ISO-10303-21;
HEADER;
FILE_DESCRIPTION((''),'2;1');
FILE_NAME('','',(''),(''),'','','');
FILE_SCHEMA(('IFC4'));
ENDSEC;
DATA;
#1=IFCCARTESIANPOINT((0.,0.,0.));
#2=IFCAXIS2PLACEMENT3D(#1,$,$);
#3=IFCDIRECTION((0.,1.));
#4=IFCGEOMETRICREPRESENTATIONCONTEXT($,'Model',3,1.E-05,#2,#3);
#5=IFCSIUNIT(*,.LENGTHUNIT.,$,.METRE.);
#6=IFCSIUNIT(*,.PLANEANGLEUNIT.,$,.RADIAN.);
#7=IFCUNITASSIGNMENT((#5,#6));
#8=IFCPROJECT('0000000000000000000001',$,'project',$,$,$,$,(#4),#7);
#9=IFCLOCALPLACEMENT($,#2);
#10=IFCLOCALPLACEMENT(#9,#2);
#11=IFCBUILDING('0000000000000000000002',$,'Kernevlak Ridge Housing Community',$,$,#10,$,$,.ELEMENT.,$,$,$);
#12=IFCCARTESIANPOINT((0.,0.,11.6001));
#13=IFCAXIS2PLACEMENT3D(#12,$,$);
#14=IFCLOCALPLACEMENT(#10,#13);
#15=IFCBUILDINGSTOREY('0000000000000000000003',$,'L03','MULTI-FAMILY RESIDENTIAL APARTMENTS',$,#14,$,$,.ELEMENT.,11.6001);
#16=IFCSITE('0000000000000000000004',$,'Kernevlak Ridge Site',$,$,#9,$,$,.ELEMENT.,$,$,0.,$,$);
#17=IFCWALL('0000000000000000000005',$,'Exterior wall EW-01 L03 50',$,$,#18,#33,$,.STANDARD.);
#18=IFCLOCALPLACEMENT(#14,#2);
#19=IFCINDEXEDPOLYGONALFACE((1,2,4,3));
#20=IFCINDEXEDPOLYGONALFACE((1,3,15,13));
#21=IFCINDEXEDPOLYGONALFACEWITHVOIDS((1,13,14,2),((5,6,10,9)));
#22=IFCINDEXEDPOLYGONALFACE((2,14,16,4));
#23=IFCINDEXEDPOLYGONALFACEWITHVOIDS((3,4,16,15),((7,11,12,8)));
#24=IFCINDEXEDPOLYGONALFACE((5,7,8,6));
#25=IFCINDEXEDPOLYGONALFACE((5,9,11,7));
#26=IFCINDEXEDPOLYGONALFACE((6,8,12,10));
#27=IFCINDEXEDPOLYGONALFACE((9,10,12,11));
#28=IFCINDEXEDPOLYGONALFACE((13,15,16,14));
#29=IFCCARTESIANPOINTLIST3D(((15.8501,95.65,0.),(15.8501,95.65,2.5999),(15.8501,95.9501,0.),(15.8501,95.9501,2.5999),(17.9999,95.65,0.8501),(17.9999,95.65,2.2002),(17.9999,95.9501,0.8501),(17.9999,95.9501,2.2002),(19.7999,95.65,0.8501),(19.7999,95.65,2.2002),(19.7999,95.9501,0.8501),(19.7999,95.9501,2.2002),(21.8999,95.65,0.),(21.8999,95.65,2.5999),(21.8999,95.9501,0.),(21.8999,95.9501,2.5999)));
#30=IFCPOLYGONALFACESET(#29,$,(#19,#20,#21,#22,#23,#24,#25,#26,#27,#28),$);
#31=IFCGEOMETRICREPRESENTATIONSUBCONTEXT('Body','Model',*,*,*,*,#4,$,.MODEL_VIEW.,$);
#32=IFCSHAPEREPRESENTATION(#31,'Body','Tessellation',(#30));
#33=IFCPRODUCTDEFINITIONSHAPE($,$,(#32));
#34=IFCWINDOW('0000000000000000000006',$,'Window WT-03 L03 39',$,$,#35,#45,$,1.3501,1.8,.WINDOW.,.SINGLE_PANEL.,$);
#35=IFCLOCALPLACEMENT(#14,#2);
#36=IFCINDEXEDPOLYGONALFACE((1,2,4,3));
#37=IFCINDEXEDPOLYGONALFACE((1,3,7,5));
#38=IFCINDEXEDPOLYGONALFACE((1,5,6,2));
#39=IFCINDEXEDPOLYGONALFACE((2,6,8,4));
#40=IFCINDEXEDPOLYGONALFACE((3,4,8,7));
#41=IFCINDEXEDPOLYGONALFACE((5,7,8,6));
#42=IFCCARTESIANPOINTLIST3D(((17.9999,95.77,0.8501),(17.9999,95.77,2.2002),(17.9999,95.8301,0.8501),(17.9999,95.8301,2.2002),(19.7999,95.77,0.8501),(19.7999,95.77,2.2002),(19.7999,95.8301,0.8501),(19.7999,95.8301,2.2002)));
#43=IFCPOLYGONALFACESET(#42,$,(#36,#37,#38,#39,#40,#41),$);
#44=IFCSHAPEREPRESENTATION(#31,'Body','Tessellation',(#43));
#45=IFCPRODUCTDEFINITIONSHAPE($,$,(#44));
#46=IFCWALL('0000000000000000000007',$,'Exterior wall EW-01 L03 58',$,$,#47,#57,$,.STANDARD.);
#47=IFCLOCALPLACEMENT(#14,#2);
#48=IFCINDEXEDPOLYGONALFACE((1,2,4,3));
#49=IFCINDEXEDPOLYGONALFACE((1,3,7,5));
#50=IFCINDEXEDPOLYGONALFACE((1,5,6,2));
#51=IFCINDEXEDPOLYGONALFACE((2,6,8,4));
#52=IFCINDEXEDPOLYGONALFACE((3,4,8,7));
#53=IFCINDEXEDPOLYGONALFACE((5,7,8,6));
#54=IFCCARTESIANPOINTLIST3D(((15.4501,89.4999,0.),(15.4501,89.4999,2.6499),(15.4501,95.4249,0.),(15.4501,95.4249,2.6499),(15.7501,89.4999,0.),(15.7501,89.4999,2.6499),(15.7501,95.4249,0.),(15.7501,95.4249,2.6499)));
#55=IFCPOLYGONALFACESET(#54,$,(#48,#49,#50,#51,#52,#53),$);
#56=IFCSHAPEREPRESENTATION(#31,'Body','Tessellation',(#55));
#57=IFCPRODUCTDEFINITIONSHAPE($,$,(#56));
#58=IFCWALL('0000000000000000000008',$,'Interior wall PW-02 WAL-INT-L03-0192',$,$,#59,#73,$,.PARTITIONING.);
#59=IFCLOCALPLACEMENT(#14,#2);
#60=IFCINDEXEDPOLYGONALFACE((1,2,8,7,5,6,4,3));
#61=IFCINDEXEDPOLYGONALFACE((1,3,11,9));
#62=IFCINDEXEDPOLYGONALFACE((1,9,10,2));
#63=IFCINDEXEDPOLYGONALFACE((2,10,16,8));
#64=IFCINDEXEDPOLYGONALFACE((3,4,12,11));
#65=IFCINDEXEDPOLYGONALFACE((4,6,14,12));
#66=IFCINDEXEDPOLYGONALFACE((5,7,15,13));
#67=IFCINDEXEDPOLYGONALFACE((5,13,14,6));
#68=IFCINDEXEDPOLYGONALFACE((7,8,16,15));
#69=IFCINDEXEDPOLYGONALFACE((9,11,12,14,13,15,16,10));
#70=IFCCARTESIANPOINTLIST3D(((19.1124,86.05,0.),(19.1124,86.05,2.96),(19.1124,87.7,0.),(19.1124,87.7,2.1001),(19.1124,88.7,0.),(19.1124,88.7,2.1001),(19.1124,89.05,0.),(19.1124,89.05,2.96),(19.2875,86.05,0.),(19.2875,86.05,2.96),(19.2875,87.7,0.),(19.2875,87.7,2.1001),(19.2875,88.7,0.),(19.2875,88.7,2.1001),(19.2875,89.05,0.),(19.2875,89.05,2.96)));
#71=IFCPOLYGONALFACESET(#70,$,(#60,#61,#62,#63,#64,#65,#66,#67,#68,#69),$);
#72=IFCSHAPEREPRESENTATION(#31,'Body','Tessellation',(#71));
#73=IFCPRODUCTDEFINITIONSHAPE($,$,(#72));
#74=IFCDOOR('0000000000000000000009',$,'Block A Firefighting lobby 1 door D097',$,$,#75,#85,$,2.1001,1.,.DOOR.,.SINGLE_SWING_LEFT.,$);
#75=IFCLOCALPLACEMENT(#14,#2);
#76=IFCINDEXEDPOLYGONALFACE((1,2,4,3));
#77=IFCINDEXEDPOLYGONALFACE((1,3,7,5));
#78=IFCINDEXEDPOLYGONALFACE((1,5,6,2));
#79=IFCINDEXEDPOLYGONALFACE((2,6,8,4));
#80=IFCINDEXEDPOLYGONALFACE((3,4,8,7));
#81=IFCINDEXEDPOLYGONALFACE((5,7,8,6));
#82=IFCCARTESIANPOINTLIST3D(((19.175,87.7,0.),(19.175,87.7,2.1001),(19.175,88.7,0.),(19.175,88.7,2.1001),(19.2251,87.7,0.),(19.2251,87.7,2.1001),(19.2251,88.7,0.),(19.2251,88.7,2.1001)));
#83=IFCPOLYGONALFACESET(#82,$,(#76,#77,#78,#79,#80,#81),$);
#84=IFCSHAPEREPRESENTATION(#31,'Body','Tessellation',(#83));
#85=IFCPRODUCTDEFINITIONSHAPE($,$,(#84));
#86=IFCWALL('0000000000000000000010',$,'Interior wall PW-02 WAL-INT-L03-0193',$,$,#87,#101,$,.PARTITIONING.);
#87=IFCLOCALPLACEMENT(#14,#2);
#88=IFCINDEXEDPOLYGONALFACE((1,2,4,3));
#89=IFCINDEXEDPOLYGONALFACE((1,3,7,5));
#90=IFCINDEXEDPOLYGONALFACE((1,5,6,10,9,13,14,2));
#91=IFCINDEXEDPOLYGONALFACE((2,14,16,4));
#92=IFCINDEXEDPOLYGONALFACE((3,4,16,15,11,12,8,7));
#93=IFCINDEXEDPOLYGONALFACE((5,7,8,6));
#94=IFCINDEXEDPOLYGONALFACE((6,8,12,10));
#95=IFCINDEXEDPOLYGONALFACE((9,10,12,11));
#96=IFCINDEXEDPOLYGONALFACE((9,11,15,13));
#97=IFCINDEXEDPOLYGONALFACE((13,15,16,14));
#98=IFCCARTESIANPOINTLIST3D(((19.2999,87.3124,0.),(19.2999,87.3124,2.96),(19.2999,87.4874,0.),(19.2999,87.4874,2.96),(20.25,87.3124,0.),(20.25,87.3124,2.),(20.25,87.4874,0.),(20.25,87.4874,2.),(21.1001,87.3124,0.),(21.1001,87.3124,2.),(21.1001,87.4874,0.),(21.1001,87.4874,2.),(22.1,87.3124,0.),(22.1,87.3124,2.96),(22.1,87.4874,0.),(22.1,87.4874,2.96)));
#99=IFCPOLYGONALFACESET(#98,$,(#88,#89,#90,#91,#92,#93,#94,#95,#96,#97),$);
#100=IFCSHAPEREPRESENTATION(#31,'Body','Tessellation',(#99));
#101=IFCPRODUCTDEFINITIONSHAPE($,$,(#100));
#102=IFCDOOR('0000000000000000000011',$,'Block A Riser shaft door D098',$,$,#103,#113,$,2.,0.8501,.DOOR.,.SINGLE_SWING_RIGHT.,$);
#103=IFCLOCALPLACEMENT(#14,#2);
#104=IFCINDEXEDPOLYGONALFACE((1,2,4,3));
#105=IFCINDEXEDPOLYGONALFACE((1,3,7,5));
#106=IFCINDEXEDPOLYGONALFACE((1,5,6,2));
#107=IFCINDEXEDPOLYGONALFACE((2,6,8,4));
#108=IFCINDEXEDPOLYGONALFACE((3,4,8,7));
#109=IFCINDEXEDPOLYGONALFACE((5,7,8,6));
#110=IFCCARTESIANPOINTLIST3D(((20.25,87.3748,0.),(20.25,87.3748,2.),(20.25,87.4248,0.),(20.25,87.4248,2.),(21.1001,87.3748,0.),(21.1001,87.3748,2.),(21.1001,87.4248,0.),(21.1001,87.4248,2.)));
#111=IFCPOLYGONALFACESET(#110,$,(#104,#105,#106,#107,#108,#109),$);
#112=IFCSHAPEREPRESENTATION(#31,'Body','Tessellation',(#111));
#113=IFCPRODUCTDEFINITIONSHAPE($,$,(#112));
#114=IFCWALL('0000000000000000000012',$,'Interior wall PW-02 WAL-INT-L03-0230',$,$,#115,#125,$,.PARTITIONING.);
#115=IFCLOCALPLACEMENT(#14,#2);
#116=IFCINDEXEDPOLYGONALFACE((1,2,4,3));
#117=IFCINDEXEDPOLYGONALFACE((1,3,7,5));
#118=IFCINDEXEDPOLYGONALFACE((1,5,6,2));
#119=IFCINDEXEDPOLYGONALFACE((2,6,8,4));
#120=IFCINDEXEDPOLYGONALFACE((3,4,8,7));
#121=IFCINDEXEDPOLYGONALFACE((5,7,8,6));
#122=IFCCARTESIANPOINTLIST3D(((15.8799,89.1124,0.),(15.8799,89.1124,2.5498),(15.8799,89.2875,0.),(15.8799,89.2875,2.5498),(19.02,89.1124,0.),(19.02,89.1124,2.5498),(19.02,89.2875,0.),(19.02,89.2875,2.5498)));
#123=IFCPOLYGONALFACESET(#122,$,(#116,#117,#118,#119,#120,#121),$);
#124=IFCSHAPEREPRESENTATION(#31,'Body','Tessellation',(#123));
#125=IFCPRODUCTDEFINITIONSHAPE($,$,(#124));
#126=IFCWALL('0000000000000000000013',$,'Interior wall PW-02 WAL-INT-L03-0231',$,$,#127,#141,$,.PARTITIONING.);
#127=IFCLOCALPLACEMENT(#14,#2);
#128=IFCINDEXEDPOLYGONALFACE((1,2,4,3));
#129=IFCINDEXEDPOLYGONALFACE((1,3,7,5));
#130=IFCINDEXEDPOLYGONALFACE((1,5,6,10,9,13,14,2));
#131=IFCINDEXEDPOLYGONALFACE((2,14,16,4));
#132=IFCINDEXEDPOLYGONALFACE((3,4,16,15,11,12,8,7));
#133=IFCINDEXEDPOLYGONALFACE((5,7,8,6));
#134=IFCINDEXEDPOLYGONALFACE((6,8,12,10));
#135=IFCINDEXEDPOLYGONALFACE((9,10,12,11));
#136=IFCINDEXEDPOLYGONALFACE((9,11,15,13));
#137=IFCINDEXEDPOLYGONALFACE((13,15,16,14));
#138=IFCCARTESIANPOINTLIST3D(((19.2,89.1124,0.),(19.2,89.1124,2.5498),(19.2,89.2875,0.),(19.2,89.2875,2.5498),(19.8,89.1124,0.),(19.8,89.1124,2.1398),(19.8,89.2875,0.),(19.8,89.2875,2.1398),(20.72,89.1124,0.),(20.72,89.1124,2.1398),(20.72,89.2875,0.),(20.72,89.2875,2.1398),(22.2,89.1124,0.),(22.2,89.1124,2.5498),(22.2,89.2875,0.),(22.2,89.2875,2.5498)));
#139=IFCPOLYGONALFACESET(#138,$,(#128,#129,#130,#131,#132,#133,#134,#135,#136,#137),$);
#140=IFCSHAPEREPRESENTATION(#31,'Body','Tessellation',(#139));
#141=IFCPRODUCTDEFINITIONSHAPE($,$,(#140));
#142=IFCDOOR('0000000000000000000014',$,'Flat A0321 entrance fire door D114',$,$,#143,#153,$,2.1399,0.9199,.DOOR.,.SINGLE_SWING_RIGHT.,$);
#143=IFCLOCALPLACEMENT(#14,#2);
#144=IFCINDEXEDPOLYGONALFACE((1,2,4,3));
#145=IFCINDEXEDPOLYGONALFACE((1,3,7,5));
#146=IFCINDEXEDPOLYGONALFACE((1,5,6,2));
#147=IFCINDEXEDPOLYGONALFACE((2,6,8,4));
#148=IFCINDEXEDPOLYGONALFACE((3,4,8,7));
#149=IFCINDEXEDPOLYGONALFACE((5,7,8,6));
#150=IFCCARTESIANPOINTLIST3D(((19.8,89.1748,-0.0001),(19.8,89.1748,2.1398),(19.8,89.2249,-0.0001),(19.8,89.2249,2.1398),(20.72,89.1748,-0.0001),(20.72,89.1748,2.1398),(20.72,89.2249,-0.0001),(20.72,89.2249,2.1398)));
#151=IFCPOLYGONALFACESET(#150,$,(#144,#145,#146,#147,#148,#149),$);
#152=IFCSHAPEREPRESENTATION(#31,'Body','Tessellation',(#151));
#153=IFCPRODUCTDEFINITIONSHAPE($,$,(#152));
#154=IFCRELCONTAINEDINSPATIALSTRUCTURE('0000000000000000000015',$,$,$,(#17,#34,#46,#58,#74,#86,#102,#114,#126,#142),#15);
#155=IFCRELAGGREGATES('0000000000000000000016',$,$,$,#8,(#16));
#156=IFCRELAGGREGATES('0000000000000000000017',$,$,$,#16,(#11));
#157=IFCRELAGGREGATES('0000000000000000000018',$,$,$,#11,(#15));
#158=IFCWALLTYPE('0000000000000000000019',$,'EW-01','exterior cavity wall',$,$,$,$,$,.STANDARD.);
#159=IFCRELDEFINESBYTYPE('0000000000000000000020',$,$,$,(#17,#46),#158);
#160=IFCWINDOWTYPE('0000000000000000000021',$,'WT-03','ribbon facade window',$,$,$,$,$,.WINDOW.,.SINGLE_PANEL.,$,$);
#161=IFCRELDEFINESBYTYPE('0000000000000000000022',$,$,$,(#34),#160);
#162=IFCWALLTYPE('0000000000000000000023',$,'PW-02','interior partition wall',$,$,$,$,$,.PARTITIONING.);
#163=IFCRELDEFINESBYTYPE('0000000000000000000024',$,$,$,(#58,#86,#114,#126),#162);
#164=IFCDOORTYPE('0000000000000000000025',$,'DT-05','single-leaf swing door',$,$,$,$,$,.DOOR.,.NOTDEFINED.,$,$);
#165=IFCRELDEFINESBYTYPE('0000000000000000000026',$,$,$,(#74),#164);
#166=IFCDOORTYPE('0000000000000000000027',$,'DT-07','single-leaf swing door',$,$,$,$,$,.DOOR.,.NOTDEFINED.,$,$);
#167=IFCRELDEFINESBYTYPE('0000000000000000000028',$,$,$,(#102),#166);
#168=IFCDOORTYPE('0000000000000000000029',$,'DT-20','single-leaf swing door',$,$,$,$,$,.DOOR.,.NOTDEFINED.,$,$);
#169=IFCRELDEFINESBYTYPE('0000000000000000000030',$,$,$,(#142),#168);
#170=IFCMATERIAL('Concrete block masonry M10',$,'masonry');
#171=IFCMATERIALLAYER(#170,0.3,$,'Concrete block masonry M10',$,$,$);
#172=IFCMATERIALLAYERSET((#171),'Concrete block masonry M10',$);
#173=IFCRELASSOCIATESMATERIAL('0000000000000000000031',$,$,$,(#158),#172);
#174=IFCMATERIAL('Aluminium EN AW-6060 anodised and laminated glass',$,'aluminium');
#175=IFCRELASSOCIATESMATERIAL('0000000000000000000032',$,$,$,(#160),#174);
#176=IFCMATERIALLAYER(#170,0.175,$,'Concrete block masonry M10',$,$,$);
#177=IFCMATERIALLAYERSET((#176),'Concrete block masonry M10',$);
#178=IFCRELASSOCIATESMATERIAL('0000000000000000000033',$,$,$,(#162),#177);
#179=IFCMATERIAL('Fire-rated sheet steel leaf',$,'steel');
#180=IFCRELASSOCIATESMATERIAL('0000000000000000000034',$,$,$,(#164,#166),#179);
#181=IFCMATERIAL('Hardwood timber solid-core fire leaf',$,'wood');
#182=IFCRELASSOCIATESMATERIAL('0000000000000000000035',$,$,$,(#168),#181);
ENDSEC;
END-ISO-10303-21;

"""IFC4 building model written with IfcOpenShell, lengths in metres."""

from ifc_helpers import new_model, si_unit, direction, frame, frame_2d, origin, place, context, subcontext, project, spatial, rectangle, extrude, material, layer, layer_set, type_object, element, fill, save


model = new_model("IFC4")

# Units and contexts
model_context = context("Model", 3, precision=1e-05, world=origin(), true_north=direction((0.0, 1.0)))
body_context = subcontext(model_context, "Body", "Model", "MODEL_VIEW")
ifc_project = project(units=[si_unit("LENGTHUNIT", "METRE"), si_unit("PLANEANGLEUNIT", "RADIAN")], contexts=[model_context])

# Site, building, storey
site_placement = place(None, origin())
site = spatial("IfcSite", under=ifc_project, at=site_placement, Name="Kernevlak Ridge Site", CompositionType="ELEMENT", RefElevation=0.0)
building_placement = place(site_placement, origin())
building = spatial("IfcBuilding", under=site, at=building_placement, Name="Kernevlak Ridge Housing Community", CompositionType="ELEMENT")
storey_placement = place(building_placement, frame((0.0, 0.0, 11.6001)))
storey = spatial("IfcBuildingStorey", under=building, at=storey_placement, Name="L03", Description="MULTI-FAMILY RESIDENTIAL APARTMENTS", CompositionType="ELEMENT", Elevation=11.6001)

# Shared definitions
ifc_material_1 = material(Name="Aluminium EN AW-6060 anodised and laminated glass", Category="aluminium")

# Wall, opening, window
ifc_material_2 = material(Name="Concrete block masonry M10", Category="masonry")
ifc_layer_1 = layer(ifc_material_2, 0.3, Name="Concrete block masonry M10")
ifc_layer_set_1 = layer_set([ifc_layer_1], Name="Concrete block masonry M10")
wall_type_1 = type_object("IfcWallType", Name="EW-01", Description="exterior cavity wall", PredefinedType="STANDARD", material=ifc_layer_set_1)
wall_1_placement = place(storey_placement, frame((15.8501, 95.8, 0.0), z_axis=(0.0, 0.0, 1.0), x_axis=(1.0, 0.0, 0.0)))
wall_1 = element("IfcWall", 1, at=wall_1_placement, inside=storey, type_object=wall_type_1, Name="Exterior wall EW-01 L03 50", PredefinedType="STANDARD", context=body_context, shape_type="SweptSolid", body=[
    extrude(rectangle(XDim=6.0498, YDim=0.3, at=frame_2d((3.0249, 0.0))), origin(), (0.0, 0.0, 1.0), 2.5999),
])
opening_1_placement = place(wall_1_placement, frame((2.1499, 0.0, 0.8501)))
opening_1 = element("IfcOpeningElement", 2, at=opening_1_placement, cuts=wall_1, PredefinedType="OPENING", context=body_context, shape_type="SweptSolid", body=[
    extrude(rectangle(XDim=1.8, YDim=1.3501, at=frame_2d((0.8999, 0.675))), frame((0.0, 0.1599, 0.0), z_axis=(0.0, -1.0, 0.0), x_axis=(1.0, 0.0, 0.0)), (0.0, 0.0, 1.0), 0.3201),
])
window_type = type_object("IfcWindowType", Name="WT-03", Description="ribbon facade window", PartitioningType="SINGLE_PANEL", PredefinedType="WINDOW", material=ifc_material_1)
window_placement = place(opening_1_placement, origin())
window = element("IfcWindow", 3, at=window_placement, inside=storey, type_object=window_type, Name="Window WT-03 L03 39", OverallHeight=1.3501, OverallWidth=1.8, PartitioningType="SINGLE_PANEL", PredefinedType="WINDOW", context=body_context, shape_type="SweptSolid", body=[
    extrude(rectangle(XDim=1.8, YDim=1.3501, at=frame_2d((0.8999, 0.675))), frame((0.0, 0.03, 0.0), z_axis=(0.0, -1.0, 0.0), x_axis=(1.0, 0.0, 0.0)), (0.0, 0.0, 1.0), 0.0601),
])
fill(opening_1, window)

# Wall
wall_2_placement = place(storey_placement, frame((15.6001, 89.5, 0.0), z_axis=(0.0, 0.0, 1.0), x_axis=(0.0, 1.0, 0.0)))
element("IfcWall", 4, at=wall_2_placement, inside=storey, type_object=wall_type_1, Name="Exterior wall EW-01 L03 58", PredefinedType="STANDARD", context=body_context, shape_type="SweptSolid", body=[
    extrude(rectangle(XDim=5.925, YDim=0.3, at=frame_2d((2.9624, 0.0))), origin(), (0.0, 0.0, 1.0), 2.6499),
])

# Walls, openings, doors
ifc_material_3 = material(Name="Fire-rated sheet steel leaf", Category="steel")
ifc_layer_2 = layer(ifc_material_2, 0.175, Name="Concrete block masonry M10")
ifc_layer_set_2 = layer_set([ifc_layer_2], Name="Concrete block masonry M10")
wall_type_2 = type_object("IfcWallType", Name="PW-02", Description="interior partition wall", PredefinedType="PARTITIONING", material=ifc_layer_set_2)
wall_3_placement = place(storey_placement, frame((19.2, 86.05, 0.0), z_axis=(0.0, 0.0, 1.0), x_axis=(0.0, 1.0, 0.0)))
wall_3 = element("IfcWall", 5, at=wall_3_placement, inside=storey, type_object=wall_type_2, Name="Interior wall PW-02 WAL-INT-L03-0192", PredefinedType="PARTITIONING", context=body_context, shape_type="SweptSolid", body=[
    extrude(rectangle(XDim=3.0, YDim=0.175, at=frame_2d((1.5, 0.0))), origin(), (0.0, 0.0, 1.0), 2.96),
])
opening_2_placement = place(wall_3_placement, frame((1.6499, 0.0, 0.0)))
opening_2 = element("IfcOpeningElement", 6, at=opening_2_placement, cuts=wall_3, PredefinedType="OPENING", context=body_context, shape_type="SweptSolid", body=[
    extrude(rectangle(XDim=1.0, YDim=2.1001, at=frame_2d((0.5, 1.05))), frame((0.0, 0.0974, 0.0), z_axis=(0.0, -1.0, 0.0), x_axis=(1.0, 0.0, 0.0)), (0.0, 0.0, 1.0), 0.1951),
])
door_type_1 = type_object("IfcDoorType", Name="DT-05", Description="single-leaf swing door", OperationType="NOTDEFINED", PredefinedType="DOOR", material=ifc_material_3)
door_1_placement = place(opening_2_placement, origin())
door_1 = element("IfcDoor", 7, at=door_1_placement, inside=storey, type_object=door_type_1, Name="Block A Firefighting lobby 1 door D097", OperationType="SINGLE_SWING_LEFT", OverallHeight=2.1001, OverallWidth=1.0, PredefinedType="DOOR", context=body_context, shape_type="SweptSolid", body=[
    extrude(rectangle(XDim=1.0, YDim=2.1001, at=frame_2d((0.5, 1.05))), frame((0.0, 0.0249, 0.0), z_axis=(0.0, -1.0, 0.0), x_axis=(1.0, 0.0, 0.0)), (0.0, 0.0, 1.0), 0.05),
])
fill(opening_2, door_1)
wall_4_placement = place(storey_placement, frame((19.3, 87.3999, 0.0), z_axis=(0.0, 0.0, 1.0), x_axis=(1.0, 0.0, 0.0)))
wall_4 = element("IfcWall", 8, at=wall_4_placement, inside=storey, type_object=wall_type_2, Name="Interior wall PW-02 WAL-INT-L03-0193", PredefinedType="PARTITIONING", context=body_context, shape_type="SweptSolid", body=[
    extrude(rectangle(XDim=2.8, YDim=0.175, at=frame_2d((1.3999, 0.0))), origin(), (0.0, 0.0, 1.0), 2.96),
])
opening_3_placement = place(wall_4_placement, frame((0.95, 0.0, 0.0)))
opening_3 = element("IfcOpeningElement", 9, at=opening_3_placement, cuts=wall_4, PredefinedType="OPENING", context=body_context, shape_type="SweptSolid", body=[
    extrude(rectangle(XDim=0.8501, YDim=2.0, at=frame_2d((0.425, 1.0))), frame((0.0, 0.0974, 0.0), z_axis=(0.0, -1.0, 0.0), x_axis=(1.0, 0.0, 0.0)), (0.0, 0.0, 1.0), 0.1951),
])
door_type_2 = type_object("IfcDoorType", Name="DT-07", Description="single-leaf swing door", OperationType="NOTDEFINED", PredefinedType="DOOR", material=ifc_material_3)
door_2_placement = place(opening_3_placement, origin())
door_2 = element("IfcDoor", 10, at=door_2_placement, inside=storey, type_object=door_type_2, Name="Block A Riser shaft door D098", OperationType="SINGLE_SWING_RIGHT", OverallHeight=2.0, OverallWidth=0.8501, PredefinedType="DOOR", context=body_context, shape_type="SweptSolid", body=[
    extrude(rectangle(XDim=0.8501, YDim=2.0, at=frame_2d((0.425, 1.0))), frame((0.0, 0.0249, 0.0), z_axis=(0.0, -1.0, 0.0), x_axis=(1.0, 0.0, 0.0)), (0.0, 0.0, 1.0), 0.05),
])
fill(opening_3, door_2)

# Wall
wall_5_placement = place(storey_placement, frame((15.8799, 89.2, 0.0), z_axis=(0.0, 0.0, 1.0), x_axis=(1.0, 0.0, 0.0)))
element("IfcWall", 11, at=wall_5_placement, inside=storey, type_object=wall_type_2, Name="Interior wall PW-02 WAL-INT-L03-0230", PredefinedType="PARTITIONING", context=body_context, shape_type="SweptSolid", body=[
    extrude(rectangle(XDim=3.1401, YDim=0.175, at=frame_2d((1.5701, 0.0))), origin(), (0.0, 0.0, 1.0), 2.5498),
])

# Wall, opening, door
wall_6_placement = place(storey_placement, frame((19.2, 89.2, 0.0), z_axis=(0.0, 0.0, 1.0), x_axis=(1.0, 0.0, 0.0)))
wall_6 = element("IfcWall", 12, at=wall_6_placement, inside=storey, type_object=wall_type_2, Name="Interior wall PW-02 WAL-INT-L03-0231", PredefinedType="PARTITIONING", context=body_context, shape_type="SweptSolid", body=[
    extrude(rectangle(XDim=3.0, YDim=0.175, at=frame_2d((1.5, 0.0))), origin(), (0.0, 0.0, 1.0), 2.5498),
])
opening_4_placement = place(wall_6_placement, frame((0.6001, 0.0, 0.0)))
opening_4 = element("IfcOpeningElement", 13, at=opening_4_placement, cuts=wall_6, PredefinedType="OPENING", context=body_context, shape_type="SweptSolid", body=[
    extrude(rectangle(XDim=0.9199, YDim=2.1399, at=frame_2d((0.46, 1.0698))), frame((0.0, 0.0974, 0.0), z_axis=(0.0, -1.0, 0.0), x_axis=(1.0, 0.0, 0.0)), (0.0, 0.0, 1.0), 0.1951),
])
ifc_material_4 = material(Name="Hardwood timber solid-core fire leaf", Category="wood")
door_type_3 = type_object("IfcDoorType", Name="DT-20", Description="single-leaf swing door", OperationType="NOTDEFINED", PredefinedType="DOOR", material=ifc_material_4)
door_3_placement = place(opening_4_placement, origin())
door_3 = element("IfcDoor", 14, at=door_3_placement, inside=storey, type_object=door_type_3, Name="Flat A0321 entrance fire door D114", OperationType="SINGLE_SWING_RIGHT", OverallHeight=2.1399, OverallWidth=0.9199, PredefinedType="DOOR", context=body_context, shape_type="SweptSolid", body=[
    extrude(rectangle(XDim=0.9199, YDim=2.1399, at=frame_2d((0.46, 1.0698))), frame((0.0, 0.0249, 0.0), z_axis=(0.0, -1.0, 0.0), x_axis=(1.0, 0.0, 0.0)), (0.0, 0.0, 1.0), 0.05),
])
fill(opening_4, door_3)

save(model, "model.ifc")
